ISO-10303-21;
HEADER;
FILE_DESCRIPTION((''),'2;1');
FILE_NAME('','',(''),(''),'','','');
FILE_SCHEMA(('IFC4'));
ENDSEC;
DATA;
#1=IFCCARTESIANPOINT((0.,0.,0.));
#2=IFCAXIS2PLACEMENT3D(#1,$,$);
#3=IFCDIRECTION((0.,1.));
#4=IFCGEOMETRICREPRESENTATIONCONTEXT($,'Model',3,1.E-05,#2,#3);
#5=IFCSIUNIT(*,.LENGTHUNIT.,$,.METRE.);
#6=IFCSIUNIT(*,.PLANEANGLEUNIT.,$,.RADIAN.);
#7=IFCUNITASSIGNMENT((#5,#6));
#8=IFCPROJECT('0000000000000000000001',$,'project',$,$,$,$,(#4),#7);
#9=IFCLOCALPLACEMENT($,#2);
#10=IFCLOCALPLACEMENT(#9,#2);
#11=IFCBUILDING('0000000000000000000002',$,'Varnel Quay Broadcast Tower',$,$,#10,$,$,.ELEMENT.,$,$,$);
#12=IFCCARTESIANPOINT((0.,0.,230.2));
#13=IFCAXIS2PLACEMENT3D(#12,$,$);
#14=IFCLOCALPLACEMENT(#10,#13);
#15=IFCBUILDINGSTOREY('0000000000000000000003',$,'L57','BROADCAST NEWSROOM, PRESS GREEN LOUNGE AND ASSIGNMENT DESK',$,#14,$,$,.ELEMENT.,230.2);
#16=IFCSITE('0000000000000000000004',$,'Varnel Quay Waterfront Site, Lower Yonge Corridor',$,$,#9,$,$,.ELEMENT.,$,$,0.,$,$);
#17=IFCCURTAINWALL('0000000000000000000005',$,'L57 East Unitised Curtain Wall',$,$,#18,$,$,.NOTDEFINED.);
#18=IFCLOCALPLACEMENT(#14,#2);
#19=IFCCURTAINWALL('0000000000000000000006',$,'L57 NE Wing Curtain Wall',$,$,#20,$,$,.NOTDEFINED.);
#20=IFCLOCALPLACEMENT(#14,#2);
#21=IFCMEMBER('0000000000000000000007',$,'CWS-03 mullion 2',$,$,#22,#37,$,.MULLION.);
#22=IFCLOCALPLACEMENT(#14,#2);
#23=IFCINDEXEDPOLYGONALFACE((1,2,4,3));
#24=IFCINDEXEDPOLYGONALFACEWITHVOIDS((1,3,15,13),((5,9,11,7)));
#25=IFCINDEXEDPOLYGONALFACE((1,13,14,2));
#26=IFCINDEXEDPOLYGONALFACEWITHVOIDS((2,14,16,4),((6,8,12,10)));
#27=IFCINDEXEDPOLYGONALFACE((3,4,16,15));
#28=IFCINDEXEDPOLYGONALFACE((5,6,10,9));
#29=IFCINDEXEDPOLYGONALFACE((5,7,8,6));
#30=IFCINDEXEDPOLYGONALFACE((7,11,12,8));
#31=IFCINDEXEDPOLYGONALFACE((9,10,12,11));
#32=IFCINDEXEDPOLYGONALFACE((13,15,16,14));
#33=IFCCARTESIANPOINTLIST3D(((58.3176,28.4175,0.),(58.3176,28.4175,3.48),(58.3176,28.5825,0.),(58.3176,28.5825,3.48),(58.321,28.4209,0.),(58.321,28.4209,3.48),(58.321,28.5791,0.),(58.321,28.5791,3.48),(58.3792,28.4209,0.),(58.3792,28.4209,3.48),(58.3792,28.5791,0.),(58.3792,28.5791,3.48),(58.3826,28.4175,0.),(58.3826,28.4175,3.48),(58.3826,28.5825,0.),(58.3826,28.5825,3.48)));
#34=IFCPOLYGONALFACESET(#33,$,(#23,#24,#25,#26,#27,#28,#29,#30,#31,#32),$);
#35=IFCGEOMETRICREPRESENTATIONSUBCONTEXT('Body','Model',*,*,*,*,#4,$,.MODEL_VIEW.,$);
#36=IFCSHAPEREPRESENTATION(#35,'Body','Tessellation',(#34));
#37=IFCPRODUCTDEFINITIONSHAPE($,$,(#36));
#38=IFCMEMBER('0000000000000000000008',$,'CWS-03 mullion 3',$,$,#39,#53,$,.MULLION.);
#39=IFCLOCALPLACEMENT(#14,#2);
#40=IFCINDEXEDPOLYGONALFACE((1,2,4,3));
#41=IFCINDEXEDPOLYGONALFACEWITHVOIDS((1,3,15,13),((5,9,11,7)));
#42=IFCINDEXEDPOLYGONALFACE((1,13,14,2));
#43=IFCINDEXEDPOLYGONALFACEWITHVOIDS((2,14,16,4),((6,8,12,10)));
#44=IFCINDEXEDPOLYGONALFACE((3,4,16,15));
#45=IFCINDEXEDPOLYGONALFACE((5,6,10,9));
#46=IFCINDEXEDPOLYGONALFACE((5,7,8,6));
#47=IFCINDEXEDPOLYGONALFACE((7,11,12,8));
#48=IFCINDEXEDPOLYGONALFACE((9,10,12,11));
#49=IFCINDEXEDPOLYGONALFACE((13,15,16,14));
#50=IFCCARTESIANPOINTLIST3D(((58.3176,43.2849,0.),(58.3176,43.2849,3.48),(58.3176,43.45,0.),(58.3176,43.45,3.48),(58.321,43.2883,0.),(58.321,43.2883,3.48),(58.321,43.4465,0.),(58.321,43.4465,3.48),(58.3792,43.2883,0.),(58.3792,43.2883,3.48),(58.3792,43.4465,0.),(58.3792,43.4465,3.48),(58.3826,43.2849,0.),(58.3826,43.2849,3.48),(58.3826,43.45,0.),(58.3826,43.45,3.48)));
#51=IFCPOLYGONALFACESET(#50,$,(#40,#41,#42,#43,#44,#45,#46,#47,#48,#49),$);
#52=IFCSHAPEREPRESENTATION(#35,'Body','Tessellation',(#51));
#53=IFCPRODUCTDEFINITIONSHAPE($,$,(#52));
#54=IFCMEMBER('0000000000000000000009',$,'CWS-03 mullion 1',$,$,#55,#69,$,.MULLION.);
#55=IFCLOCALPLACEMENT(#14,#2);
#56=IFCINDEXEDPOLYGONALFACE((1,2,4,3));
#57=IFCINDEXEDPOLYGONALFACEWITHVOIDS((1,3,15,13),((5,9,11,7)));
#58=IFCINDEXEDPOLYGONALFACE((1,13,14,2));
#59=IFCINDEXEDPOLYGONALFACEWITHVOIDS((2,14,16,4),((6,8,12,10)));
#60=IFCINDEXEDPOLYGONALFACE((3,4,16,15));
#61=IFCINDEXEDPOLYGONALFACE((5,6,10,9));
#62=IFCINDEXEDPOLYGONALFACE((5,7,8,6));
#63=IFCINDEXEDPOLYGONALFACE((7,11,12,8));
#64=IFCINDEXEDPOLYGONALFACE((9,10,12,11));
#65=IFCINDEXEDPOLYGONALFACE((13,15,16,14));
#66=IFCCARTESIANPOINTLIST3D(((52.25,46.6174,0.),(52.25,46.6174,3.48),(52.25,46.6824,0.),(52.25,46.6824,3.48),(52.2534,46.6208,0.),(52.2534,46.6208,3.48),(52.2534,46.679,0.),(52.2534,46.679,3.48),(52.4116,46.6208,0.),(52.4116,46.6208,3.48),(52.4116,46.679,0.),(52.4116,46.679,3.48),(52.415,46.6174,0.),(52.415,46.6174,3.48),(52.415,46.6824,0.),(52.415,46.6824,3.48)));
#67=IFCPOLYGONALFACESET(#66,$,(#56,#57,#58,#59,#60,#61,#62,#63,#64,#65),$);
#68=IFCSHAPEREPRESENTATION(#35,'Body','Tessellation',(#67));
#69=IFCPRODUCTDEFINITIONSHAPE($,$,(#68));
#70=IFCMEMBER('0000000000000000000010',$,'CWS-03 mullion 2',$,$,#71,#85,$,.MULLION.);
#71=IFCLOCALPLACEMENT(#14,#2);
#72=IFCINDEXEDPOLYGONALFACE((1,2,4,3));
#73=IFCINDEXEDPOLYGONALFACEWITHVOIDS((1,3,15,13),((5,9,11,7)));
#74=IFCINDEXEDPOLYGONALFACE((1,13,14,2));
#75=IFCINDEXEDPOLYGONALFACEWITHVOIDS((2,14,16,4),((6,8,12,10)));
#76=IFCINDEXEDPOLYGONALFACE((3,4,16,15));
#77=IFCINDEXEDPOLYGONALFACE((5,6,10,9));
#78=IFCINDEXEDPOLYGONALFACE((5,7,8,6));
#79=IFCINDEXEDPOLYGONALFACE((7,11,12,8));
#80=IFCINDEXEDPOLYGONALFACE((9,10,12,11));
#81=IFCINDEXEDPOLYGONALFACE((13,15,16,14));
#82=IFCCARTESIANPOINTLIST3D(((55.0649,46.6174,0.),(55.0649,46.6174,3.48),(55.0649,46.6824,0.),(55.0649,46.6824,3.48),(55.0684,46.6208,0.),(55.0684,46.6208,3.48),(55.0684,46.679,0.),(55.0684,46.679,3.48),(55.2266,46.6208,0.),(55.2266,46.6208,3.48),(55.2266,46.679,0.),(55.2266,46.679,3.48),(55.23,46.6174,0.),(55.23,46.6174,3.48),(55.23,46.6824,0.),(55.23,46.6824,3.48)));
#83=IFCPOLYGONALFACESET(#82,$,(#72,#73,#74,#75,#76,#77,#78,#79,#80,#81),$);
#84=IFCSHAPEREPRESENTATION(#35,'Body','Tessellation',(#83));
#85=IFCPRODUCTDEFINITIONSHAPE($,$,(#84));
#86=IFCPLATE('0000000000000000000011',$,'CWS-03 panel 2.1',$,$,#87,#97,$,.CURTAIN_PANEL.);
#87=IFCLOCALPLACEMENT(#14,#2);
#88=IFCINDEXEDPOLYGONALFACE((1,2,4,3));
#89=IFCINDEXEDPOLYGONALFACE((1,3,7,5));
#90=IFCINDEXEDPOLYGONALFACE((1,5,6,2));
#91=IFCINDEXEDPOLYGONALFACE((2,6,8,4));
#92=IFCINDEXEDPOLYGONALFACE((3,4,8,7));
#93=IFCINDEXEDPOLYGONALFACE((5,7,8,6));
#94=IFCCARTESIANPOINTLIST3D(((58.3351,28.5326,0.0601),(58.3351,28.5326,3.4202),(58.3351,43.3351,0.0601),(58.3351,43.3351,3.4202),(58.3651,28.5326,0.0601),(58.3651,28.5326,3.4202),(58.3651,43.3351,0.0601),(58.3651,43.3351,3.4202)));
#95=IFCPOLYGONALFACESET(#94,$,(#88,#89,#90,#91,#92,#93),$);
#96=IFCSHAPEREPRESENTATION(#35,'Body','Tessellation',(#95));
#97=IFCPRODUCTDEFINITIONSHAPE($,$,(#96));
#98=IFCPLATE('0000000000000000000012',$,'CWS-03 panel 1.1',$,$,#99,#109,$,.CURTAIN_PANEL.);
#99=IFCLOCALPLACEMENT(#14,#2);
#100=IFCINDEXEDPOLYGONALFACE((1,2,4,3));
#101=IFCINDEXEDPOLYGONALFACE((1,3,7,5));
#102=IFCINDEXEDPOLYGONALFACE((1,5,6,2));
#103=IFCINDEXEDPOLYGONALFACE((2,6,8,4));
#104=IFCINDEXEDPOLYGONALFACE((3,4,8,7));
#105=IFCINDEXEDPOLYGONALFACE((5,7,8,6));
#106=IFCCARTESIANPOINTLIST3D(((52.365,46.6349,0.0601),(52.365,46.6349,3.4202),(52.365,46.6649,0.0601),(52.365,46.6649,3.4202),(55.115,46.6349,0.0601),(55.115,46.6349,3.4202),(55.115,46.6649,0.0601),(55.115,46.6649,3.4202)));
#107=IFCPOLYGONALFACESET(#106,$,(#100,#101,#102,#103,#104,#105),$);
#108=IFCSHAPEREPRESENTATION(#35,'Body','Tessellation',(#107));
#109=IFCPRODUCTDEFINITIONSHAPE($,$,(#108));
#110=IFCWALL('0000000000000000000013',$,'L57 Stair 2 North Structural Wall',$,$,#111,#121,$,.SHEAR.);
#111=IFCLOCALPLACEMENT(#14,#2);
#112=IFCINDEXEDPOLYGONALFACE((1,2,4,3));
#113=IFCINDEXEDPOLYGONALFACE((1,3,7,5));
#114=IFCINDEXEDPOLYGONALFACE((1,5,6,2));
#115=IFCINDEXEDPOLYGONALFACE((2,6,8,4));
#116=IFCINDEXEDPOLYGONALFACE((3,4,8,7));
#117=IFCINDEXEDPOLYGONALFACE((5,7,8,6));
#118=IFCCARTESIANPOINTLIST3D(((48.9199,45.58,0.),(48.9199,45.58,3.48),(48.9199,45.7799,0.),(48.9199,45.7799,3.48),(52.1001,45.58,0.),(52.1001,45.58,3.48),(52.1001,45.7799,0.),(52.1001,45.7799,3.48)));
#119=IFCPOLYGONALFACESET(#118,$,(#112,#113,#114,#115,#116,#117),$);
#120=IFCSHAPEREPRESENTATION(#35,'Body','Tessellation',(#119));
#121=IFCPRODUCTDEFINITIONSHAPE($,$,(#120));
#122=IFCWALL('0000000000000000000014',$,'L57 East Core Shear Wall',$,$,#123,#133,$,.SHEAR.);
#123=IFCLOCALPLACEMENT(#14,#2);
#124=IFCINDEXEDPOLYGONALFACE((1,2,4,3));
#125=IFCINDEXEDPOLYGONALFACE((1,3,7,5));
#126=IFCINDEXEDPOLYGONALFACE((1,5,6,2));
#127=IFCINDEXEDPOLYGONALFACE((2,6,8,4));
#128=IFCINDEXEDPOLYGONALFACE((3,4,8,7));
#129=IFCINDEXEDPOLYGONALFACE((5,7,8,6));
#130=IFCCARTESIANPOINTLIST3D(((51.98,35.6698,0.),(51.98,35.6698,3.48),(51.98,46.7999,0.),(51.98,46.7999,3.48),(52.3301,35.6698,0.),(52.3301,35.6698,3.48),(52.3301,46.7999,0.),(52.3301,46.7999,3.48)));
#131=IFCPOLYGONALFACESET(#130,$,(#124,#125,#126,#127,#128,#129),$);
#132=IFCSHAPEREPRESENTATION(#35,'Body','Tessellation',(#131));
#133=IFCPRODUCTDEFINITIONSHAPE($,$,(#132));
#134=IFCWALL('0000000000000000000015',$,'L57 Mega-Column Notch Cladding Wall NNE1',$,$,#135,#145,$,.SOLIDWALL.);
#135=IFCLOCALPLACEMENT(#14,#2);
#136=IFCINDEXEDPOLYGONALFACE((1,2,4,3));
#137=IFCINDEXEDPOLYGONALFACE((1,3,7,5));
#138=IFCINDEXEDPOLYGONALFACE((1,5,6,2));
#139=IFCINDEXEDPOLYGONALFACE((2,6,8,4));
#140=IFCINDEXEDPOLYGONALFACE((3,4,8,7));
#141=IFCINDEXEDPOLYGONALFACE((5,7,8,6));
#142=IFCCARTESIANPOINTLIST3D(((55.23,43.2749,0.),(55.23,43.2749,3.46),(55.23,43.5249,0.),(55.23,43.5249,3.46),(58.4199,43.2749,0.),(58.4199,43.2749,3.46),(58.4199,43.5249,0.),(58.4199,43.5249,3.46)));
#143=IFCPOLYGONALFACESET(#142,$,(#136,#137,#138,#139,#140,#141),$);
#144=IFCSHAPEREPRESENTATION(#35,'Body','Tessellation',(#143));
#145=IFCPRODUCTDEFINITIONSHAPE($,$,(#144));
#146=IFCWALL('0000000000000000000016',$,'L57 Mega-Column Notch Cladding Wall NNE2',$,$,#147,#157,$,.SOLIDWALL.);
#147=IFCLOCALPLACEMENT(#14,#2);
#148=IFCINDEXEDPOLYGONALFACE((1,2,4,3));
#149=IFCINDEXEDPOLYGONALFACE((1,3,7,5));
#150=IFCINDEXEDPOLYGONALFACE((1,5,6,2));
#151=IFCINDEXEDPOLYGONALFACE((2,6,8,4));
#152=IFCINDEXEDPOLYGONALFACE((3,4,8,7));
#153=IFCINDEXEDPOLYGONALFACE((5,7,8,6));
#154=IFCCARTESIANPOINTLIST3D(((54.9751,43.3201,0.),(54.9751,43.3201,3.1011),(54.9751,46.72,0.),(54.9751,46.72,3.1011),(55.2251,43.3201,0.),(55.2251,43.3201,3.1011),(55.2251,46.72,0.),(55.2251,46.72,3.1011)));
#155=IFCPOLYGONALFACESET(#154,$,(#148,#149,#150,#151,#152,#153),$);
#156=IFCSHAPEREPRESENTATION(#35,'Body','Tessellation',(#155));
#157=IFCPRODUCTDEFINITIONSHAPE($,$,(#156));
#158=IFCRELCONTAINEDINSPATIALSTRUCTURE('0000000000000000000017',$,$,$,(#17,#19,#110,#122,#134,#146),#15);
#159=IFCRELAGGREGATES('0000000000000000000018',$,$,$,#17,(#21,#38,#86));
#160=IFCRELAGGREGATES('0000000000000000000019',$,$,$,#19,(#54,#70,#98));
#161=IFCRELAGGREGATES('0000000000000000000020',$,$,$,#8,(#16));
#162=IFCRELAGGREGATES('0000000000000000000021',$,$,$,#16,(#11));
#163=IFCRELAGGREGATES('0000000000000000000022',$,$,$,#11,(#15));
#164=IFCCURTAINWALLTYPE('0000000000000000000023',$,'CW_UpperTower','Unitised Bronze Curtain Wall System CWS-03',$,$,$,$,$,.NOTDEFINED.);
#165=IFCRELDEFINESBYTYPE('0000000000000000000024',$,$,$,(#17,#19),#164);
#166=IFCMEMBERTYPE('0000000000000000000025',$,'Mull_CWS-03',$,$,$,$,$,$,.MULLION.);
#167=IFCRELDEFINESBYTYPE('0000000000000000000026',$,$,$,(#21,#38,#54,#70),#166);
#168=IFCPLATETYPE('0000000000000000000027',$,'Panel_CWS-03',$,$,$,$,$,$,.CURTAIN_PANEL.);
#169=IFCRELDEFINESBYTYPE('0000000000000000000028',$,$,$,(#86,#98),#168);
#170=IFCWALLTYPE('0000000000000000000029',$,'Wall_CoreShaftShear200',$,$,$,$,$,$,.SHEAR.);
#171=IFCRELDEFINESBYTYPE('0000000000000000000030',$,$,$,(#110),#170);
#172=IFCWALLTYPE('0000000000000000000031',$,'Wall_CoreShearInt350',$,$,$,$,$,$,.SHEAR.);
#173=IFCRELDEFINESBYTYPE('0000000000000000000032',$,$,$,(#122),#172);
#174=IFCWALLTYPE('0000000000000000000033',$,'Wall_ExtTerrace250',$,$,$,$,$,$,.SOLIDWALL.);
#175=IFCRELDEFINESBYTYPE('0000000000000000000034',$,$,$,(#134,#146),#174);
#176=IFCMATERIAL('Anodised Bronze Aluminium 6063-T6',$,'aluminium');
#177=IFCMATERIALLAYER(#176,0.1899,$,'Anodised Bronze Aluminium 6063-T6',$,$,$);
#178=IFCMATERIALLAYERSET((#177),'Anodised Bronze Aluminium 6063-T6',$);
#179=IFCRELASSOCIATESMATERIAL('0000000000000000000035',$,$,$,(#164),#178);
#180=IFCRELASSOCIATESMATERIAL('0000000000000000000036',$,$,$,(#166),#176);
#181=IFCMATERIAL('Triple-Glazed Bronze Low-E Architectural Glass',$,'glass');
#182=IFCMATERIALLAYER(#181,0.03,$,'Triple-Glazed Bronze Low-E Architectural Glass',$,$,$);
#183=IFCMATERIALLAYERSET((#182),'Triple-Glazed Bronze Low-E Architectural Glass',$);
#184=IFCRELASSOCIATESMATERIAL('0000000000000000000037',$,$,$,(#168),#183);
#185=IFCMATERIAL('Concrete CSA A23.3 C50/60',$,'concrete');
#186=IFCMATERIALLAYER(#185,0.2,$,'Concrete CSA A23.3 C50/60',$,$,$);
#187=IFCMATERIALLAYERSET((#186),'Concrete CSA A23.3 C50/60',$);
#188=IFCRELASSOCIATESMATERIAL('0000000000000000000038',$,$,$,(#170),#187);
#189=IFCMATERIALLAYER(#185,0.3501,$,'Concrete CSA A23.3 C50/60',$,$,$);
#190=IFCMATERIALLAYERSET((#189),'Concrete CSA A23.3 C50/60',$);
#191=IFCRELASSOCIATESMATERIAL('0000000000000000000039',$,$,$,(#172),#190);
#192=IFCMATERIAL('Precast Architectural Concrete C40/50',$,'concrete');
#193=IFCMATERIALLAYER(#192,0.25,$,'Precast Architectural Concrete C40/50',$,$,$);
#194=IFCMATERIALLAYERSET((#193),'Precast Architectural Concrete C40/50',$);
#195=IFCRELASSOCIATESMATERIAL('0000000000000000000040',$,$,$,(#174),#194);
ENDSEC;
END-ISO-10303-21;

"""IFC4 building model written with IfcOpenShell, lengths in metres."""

from ifc_helpers import new_model, si_unit, direction, frame, frame_2d, origin, origin_2d, place, context, subcontext, project, spatial, rectangle, hollow_rectangle, extrude, source, transform, mapped, material, layer, layer_set, material_profile, profile_set, type_object, type_shapes, element, aggregate, save


model = new_model("IFC4")

# Units and contexts
model_context = context("Model", 3, precision=1e-05, world=origin(), true_north=direction((0.0, 1.0)))
body_context = subcontext(model_context, "Body", "Model", "MODEL_VIEW")
ifc_project = project(units=[si_unit("LENGTHUNIT", "METRE"), si_unit("PLANEANGLEUNIT", "RADIAN")], contexts=[model_context])

# Site, building, storey
site_placement = place(None, origin())
site = spatial("IfcSite", under=ifc_project, at=site_placement, Name="Varnel Quay Waterfront Site, Lower Yonge Corridor", CompositionType="ELEMENT", RefElevation=0.0)
building_placement = place(site_placement, origin())
building = spatial("IfcBuilding", under=site, at=building_placement, Name="Varnel Quay Broadcast Tower", CompositionType="ELEMENT")
storey_placement = place(building_placement, frame((0.0, 0.0, 230.2)))
storey = spatial("IfcBuildingStorey", under=building, at=storey_placement, Name="L57", Description="BROADCAST NEWSROOM, PRESS GREEN LOUNGE AND ASSIGNMENT DESK", CompositionType="ELEMENT", Elevation=230.2)

# Curtain walls
ifc_material_1 = material(Name="Anodised Bronze Aluminium 6063-T6", Category="aluminium")
ifc_layer_1 = layer(ifc_material_1, 0.1899, Name="Anodised Bronze Aluminium 6063-T6")
ifc_layer_set_1 = layer_set([ifc_layer_1], Name="Anodised Bronze Aluminium 6063-T6")
curtain_wall_type = type_object("IfcCurtainWallType", Name="CW_UpperTower", Description="Unitised Bronze Curtain Wall System CWS-03", PredefinedType="NOTDEFINED", material=ifc_layer_set_1)
curtain_wall_1_placement = place(storey_placement, origin())
curtain_wall_1 = element("IfcCurtainWall", 1, at=curtain_wall_1_placement, inside=storey, type_object=curtain_wall_type, Name="L57 East Unitised Curtain Wall", PredefinedType="NOTDEFINED")
curtain_wall_2_placement = place(storey_placement, origin())
curtain_wall_2 = element("IfcCurtainWall", 2, at=curtain_wall_2_placement, inside=storey, type_object=curtain_wall_type, Name="L57 NE Wing Curtain Wall", PredefinedType="NOTDEFINED")

# Members
ifc_material_profile_1 = material_profile(ifc_material_1, hollow_rectangle(XDim=0.0649, YDim=0.165, WallThickness=0.0034, at=origin_2d()), Name="ALU65X165X3.5")
ifc_profile_set_1 = profile_set([ifc_material_profile_1], Name="Anodised Bronze Aluminium 6063-T6")
member_type_1 = type_object("IfcMemberType", Name="Mull_CWS-03", PredefinedType="MULLION", material=ifc_profile_set_1)
shared_shape_1 = source(origin(), body_context, "Body", "SweptSolid", [
    extrude(hollow_rectangle(XDim=0.0649, YDim=0.165, WallThickness=0.0034, at=origin_2d()), origin(), (0.0, 0.0, 1.0), 3.48),
])
type_shapes(member_type_1, [shared_shape_1])
member_1_placement = place(storey_placement, frame((58.3501, 28.5, 0.0), z_axis=(0.0, 0.0, 1.0), x_axis=(-1.0, 0.0, 0.0)))
member_1 = element("IfcMember", 3, at=member_1_placement, type_object=member_type_1, Name="CWS-03 mullion 2", PredefinedType="MULLION", context=body_context, shape_type="MappedRepresentation", body=[
    mapped(shared_shape_1, transform((0.0, 0.0, 0.0), x_axis=(1.0, 0.0, 0.0), y_axis=(0.0, 1.0, 0.0), z_axis=(0.0, 0.0, 1.0), scale=1.0)),
])
member_2_placement = place(storey_placement, frame((58.3501, 43.3674, 0.0), z_axis=(0.0, 0.0, 1.0), x_axis=(-1.0, 0.0, 0.0)))
member_2 = element("IfcMember", 4, at=member_2_placement, type_object=member_type_1, Name="CWS-03 mullion 3", PredefinedType="MULLION", context=body_context, shape_type="MappedRepresentation", body=[
    mapped(shared_shape_1, transform((0.0, 0.0, 0.0), x_axis=(1.0, 0.0, 0.0), y_axis=(0.0, 1.0, 0.0), z_axis=(0.0, 0.0, 1.0), scale=1.0)),
])
member_3_placement = place(storey_placement, frame((52.3325, 46.6499, 0.0), z_axis=(0.0, 0.0, 1.0), x_axis=(0.0, 1.0, 0.0)))
member_3 = element("IfcMember", 5, at=member_3_placement, type_object=member_type_1, Name="CWS-03 mullion 1", PredefinedType="MULLION", context=body_context, shape_type="MappedRepresentation", body=[
    mapped(shared_shape_1, transform((0.0, 0.0, 0.0), x_axis=(1.0, 0.0, 0.0), y_axis=(0.0, 1.0, 0.0), z_axis=(0.0, 0.0, 1.0), scale=1.0)),
])
member_4_placement = place(storey_placement, frame((55.1475, 46.6499, 0.0), z_axis=(0.0, 0.0, 1.0), x_axis=(0.0, 1.0, 0.0)))
member_4 = element("IfcMember", 6, at=member_4_placement, type_object=member_type_1, Name="CWS-03 mullion 2", PredefinedType="MULLION", context=body_context, shape_type="MappedRepresentation", body=[
    mapped(shared_shape_1, transform((0.0, 0.0, 0.0), x_axis=(1.0, 0.0, 0.0), y_axis=(0.0, 1.0, 0.0), z_axis=(0.0, 0.0, 1.0), scale=1.0)),
])

# Plates
ifc_material_2 = material(Name="Triple-Glazed Bronze Low-E Architectural Glass", Category="glass")
ifc_layer_2 = layer(ifc_material_2, 0.03, Name="Triple-Glazed Bronze Low-E Architectural Glass")
ifc_layer_set_2 = layer_set([ifc_layer_2], Name="Triple-Glazed Bronze Low-E Architectural Glass")
plate_type = type_object("IfcPlateType", Name="Panel_CWS-03", PredefinedType="CURTAIN_PANEL", material=ifc_layer_set_2)
shared_shape_2 = source(origin(), body_context, "Body", "SweptSolid", [
    extrude(rectangle(XDim=14.8025, YDim=0.03, at=origin_2d()), origin(), (0.0, 0.0, 1.0), 3.3601),
])
plate_1_placement = place(storey_placement, frame((58.3501, 35.9338, 0.0601), z_axis=(0.0, 0.0, 1.0), x_axis=(0.0, 1.0, 0.0)))
plate_1 = element("IfcPlate", 7, at=plate_1_placement, type_object=plate_type, Name="CWS-03 panel 2.1", PredefinedType="CURTAIN_PANEL", context=body_context, shape_type="MappedRepresentation", body=[
    mapped(shared_shape_2, transform((0.0, 0.0, 0.0), x_axis=(1.0, 0.0, 0.0), y_axis=(0.0, 1.0, 0.0), z_axis=(0.0, 0.0, 1.0), scale=1.0)),
])
aggregate(curtain_wall_1, [member_1, member_2, plate_1])
shared_shape_3 = source(origin(), body_context, "Body", "SweptSolid", [
    extrude(rectangle(XDim=2.75, YDim=0.03, at=origin_2d()), origin(), (0.0, 0.0, 1.0), 3.3601),
])
type_shapes(plate_type, [shared_shape_2, shared_shape_3])
plate_2_placement = place(storey_placement, frame((53.74, 46.6499, 0.0601), z_axis=(0.0, 0.0, 1.0), x_axis=(1.0, 0.0, 0.0)))
plate_2 = element("IfcPlate", 8, at=plate_2_placement, type_object=plate_type, Name="CWS-03 panel 1.1", PredefinedType="CURTAIN_PANEL", context=body_context, shape_type="MappedRepresentation", body=[
    mapped(shared_shape_3, transform((0.0, 0.0, 0.0), x_axis=(1.0, 0.0, 0.0), y_axis=(0.0, 1.0, 0.0), z_axis=(0.0, 0.0, 1.0), scale=1.0)),
])
aggregate(curtain_wall_2, [member_3, member_4, plate_2])

# Walls
ifc_material_3 = material(Name="Concrete CSA A23.3 C50/60", Category="concrete")
ifc_layer_3 = layer(ifc_material_3, 0.2, Name="Concrete CSA A23.3 C50/60")
ifc_layer_set_3 = layer_set([ifc_layer_3], Name="Concrete CSA A23.3 C50/60")
wall_type_1 = type_object("IfcWallType", Name="Wall_CoreShaftShear200", PredefinedType="SHEAR", material=ifc_layer_set_3)
wall_1_placement = place(storey_placement, frame((48.9199, 45.6799, 0.0), z_axis=(0.0, 0.0, 1.0), x_axis=(1.0, 0.0, 0.0)))
element("IfcWall", 9, at=wall_1_placement, inside=storey, type_object=wall_type_1, Name="L57 Stair 2 North Structural Wall", PredefinedType="SHEAR", context=body_context, shape_type="SweptSolid", body=[
    extrude(rectangle(XDim=3.1802, YDim=0.2, at=frame_2d((1.5901, 0.0))), origin(), (0.0, 0.0, 1.0), 3.48),
])
ifc_layer_4 = layer(ifc_material_3, 0.3501, Name="Concrete CSA A23.3 C50/60")
ifc_layer_set_4 = layer_set([ifc_layer_4], Name="Concrete CSA A23.3 C50/60")
wall_type_2 = type_object("IfcWallType", Name="Wall_CoreShearInt350", PredefinedType="SHEAR", material=ifc_layer_set_4)
wall_2_placement = place(storey_placement, frame((52.155, 35.6699, 0.0), z_axis=(0.0, 0.0, 1.0), x_axis=(0.0, 1.0, 0.0)))
element("IfcWall", 10, at=wall_2_placement, inside=storey, type_object=wall_type_2, Name="L57 East Core Shear Wall", PredefinedType="SHEAR", context=body_context, shape_type="SweptSolid", body=[
    extrude(rectangle(XDim=11.1301, YDim=0.3501, at=frame_2d((5.5649, 0.0))), origin(), (0.0, 0.0, 1.0), 3.48),
])
ifc_material_4 = material(Name="Precast Architectural Concrete C40/50", Category="concrete")
ifc_layer_5 = layer(ifc_material_4, 0.25, Name="Precast Architectural Concrete C40/50")
ifc_layer_set_5 = layer_set([ifc_layer_5], Name="Precast Architectural Concrete C40/50")
wall_type_3 = type_object("IfcWallType", Name="Wall_ExtTerrace250", PredefinedType="SOLIDWALL", material=ifc_layer_set_5)
wall_3_placement = place(storey_placement, frame((55.23, 43.3999, 0.0), z_axis=(0.0, 0.0, 1.0), x_axis=(1.0, 0.0, 0.0)))
element("IfcWall", 11, at=wall_3_placement, inside=storey, type_object=wall_type_3, Name="L57 Mega-Column Notch Cladding Wall NNE1", PredefinedType="SOLIDWALL", context=body_context, shape_type="SweptSolid", body=[
    extrude(rectangle(XDim=3.1899, YDim=0.25, at=frame_2d((1.595, 0.0))), origin(), (0.0, 0.0, 1.0), 3.46),
])
wall_4_placement = place(storey_placement, frame((55.1001, 43.3201, 0.0), z_axis=(0.0, 0.0, 1.0), x_axis=(0.0, 1.0, 0.0)))
element("IfcWall", 12, at=wall_4_placement, inside=storey, type_object=wall_type_3, Name="L57 Mega-Column Notch Cladding Wall NNE2", PredefinedType="SOLIDWALL", context=body_context, shape_type="SweptSolid", body=[
    extrude(rectangle(XDim=3.3999, YDim=0.25, at=frame_2d((1.7, 0.0))), origin(), (0.0, 0.0, 1.0), 3.1011),
])

save(model, "model.ifc")
